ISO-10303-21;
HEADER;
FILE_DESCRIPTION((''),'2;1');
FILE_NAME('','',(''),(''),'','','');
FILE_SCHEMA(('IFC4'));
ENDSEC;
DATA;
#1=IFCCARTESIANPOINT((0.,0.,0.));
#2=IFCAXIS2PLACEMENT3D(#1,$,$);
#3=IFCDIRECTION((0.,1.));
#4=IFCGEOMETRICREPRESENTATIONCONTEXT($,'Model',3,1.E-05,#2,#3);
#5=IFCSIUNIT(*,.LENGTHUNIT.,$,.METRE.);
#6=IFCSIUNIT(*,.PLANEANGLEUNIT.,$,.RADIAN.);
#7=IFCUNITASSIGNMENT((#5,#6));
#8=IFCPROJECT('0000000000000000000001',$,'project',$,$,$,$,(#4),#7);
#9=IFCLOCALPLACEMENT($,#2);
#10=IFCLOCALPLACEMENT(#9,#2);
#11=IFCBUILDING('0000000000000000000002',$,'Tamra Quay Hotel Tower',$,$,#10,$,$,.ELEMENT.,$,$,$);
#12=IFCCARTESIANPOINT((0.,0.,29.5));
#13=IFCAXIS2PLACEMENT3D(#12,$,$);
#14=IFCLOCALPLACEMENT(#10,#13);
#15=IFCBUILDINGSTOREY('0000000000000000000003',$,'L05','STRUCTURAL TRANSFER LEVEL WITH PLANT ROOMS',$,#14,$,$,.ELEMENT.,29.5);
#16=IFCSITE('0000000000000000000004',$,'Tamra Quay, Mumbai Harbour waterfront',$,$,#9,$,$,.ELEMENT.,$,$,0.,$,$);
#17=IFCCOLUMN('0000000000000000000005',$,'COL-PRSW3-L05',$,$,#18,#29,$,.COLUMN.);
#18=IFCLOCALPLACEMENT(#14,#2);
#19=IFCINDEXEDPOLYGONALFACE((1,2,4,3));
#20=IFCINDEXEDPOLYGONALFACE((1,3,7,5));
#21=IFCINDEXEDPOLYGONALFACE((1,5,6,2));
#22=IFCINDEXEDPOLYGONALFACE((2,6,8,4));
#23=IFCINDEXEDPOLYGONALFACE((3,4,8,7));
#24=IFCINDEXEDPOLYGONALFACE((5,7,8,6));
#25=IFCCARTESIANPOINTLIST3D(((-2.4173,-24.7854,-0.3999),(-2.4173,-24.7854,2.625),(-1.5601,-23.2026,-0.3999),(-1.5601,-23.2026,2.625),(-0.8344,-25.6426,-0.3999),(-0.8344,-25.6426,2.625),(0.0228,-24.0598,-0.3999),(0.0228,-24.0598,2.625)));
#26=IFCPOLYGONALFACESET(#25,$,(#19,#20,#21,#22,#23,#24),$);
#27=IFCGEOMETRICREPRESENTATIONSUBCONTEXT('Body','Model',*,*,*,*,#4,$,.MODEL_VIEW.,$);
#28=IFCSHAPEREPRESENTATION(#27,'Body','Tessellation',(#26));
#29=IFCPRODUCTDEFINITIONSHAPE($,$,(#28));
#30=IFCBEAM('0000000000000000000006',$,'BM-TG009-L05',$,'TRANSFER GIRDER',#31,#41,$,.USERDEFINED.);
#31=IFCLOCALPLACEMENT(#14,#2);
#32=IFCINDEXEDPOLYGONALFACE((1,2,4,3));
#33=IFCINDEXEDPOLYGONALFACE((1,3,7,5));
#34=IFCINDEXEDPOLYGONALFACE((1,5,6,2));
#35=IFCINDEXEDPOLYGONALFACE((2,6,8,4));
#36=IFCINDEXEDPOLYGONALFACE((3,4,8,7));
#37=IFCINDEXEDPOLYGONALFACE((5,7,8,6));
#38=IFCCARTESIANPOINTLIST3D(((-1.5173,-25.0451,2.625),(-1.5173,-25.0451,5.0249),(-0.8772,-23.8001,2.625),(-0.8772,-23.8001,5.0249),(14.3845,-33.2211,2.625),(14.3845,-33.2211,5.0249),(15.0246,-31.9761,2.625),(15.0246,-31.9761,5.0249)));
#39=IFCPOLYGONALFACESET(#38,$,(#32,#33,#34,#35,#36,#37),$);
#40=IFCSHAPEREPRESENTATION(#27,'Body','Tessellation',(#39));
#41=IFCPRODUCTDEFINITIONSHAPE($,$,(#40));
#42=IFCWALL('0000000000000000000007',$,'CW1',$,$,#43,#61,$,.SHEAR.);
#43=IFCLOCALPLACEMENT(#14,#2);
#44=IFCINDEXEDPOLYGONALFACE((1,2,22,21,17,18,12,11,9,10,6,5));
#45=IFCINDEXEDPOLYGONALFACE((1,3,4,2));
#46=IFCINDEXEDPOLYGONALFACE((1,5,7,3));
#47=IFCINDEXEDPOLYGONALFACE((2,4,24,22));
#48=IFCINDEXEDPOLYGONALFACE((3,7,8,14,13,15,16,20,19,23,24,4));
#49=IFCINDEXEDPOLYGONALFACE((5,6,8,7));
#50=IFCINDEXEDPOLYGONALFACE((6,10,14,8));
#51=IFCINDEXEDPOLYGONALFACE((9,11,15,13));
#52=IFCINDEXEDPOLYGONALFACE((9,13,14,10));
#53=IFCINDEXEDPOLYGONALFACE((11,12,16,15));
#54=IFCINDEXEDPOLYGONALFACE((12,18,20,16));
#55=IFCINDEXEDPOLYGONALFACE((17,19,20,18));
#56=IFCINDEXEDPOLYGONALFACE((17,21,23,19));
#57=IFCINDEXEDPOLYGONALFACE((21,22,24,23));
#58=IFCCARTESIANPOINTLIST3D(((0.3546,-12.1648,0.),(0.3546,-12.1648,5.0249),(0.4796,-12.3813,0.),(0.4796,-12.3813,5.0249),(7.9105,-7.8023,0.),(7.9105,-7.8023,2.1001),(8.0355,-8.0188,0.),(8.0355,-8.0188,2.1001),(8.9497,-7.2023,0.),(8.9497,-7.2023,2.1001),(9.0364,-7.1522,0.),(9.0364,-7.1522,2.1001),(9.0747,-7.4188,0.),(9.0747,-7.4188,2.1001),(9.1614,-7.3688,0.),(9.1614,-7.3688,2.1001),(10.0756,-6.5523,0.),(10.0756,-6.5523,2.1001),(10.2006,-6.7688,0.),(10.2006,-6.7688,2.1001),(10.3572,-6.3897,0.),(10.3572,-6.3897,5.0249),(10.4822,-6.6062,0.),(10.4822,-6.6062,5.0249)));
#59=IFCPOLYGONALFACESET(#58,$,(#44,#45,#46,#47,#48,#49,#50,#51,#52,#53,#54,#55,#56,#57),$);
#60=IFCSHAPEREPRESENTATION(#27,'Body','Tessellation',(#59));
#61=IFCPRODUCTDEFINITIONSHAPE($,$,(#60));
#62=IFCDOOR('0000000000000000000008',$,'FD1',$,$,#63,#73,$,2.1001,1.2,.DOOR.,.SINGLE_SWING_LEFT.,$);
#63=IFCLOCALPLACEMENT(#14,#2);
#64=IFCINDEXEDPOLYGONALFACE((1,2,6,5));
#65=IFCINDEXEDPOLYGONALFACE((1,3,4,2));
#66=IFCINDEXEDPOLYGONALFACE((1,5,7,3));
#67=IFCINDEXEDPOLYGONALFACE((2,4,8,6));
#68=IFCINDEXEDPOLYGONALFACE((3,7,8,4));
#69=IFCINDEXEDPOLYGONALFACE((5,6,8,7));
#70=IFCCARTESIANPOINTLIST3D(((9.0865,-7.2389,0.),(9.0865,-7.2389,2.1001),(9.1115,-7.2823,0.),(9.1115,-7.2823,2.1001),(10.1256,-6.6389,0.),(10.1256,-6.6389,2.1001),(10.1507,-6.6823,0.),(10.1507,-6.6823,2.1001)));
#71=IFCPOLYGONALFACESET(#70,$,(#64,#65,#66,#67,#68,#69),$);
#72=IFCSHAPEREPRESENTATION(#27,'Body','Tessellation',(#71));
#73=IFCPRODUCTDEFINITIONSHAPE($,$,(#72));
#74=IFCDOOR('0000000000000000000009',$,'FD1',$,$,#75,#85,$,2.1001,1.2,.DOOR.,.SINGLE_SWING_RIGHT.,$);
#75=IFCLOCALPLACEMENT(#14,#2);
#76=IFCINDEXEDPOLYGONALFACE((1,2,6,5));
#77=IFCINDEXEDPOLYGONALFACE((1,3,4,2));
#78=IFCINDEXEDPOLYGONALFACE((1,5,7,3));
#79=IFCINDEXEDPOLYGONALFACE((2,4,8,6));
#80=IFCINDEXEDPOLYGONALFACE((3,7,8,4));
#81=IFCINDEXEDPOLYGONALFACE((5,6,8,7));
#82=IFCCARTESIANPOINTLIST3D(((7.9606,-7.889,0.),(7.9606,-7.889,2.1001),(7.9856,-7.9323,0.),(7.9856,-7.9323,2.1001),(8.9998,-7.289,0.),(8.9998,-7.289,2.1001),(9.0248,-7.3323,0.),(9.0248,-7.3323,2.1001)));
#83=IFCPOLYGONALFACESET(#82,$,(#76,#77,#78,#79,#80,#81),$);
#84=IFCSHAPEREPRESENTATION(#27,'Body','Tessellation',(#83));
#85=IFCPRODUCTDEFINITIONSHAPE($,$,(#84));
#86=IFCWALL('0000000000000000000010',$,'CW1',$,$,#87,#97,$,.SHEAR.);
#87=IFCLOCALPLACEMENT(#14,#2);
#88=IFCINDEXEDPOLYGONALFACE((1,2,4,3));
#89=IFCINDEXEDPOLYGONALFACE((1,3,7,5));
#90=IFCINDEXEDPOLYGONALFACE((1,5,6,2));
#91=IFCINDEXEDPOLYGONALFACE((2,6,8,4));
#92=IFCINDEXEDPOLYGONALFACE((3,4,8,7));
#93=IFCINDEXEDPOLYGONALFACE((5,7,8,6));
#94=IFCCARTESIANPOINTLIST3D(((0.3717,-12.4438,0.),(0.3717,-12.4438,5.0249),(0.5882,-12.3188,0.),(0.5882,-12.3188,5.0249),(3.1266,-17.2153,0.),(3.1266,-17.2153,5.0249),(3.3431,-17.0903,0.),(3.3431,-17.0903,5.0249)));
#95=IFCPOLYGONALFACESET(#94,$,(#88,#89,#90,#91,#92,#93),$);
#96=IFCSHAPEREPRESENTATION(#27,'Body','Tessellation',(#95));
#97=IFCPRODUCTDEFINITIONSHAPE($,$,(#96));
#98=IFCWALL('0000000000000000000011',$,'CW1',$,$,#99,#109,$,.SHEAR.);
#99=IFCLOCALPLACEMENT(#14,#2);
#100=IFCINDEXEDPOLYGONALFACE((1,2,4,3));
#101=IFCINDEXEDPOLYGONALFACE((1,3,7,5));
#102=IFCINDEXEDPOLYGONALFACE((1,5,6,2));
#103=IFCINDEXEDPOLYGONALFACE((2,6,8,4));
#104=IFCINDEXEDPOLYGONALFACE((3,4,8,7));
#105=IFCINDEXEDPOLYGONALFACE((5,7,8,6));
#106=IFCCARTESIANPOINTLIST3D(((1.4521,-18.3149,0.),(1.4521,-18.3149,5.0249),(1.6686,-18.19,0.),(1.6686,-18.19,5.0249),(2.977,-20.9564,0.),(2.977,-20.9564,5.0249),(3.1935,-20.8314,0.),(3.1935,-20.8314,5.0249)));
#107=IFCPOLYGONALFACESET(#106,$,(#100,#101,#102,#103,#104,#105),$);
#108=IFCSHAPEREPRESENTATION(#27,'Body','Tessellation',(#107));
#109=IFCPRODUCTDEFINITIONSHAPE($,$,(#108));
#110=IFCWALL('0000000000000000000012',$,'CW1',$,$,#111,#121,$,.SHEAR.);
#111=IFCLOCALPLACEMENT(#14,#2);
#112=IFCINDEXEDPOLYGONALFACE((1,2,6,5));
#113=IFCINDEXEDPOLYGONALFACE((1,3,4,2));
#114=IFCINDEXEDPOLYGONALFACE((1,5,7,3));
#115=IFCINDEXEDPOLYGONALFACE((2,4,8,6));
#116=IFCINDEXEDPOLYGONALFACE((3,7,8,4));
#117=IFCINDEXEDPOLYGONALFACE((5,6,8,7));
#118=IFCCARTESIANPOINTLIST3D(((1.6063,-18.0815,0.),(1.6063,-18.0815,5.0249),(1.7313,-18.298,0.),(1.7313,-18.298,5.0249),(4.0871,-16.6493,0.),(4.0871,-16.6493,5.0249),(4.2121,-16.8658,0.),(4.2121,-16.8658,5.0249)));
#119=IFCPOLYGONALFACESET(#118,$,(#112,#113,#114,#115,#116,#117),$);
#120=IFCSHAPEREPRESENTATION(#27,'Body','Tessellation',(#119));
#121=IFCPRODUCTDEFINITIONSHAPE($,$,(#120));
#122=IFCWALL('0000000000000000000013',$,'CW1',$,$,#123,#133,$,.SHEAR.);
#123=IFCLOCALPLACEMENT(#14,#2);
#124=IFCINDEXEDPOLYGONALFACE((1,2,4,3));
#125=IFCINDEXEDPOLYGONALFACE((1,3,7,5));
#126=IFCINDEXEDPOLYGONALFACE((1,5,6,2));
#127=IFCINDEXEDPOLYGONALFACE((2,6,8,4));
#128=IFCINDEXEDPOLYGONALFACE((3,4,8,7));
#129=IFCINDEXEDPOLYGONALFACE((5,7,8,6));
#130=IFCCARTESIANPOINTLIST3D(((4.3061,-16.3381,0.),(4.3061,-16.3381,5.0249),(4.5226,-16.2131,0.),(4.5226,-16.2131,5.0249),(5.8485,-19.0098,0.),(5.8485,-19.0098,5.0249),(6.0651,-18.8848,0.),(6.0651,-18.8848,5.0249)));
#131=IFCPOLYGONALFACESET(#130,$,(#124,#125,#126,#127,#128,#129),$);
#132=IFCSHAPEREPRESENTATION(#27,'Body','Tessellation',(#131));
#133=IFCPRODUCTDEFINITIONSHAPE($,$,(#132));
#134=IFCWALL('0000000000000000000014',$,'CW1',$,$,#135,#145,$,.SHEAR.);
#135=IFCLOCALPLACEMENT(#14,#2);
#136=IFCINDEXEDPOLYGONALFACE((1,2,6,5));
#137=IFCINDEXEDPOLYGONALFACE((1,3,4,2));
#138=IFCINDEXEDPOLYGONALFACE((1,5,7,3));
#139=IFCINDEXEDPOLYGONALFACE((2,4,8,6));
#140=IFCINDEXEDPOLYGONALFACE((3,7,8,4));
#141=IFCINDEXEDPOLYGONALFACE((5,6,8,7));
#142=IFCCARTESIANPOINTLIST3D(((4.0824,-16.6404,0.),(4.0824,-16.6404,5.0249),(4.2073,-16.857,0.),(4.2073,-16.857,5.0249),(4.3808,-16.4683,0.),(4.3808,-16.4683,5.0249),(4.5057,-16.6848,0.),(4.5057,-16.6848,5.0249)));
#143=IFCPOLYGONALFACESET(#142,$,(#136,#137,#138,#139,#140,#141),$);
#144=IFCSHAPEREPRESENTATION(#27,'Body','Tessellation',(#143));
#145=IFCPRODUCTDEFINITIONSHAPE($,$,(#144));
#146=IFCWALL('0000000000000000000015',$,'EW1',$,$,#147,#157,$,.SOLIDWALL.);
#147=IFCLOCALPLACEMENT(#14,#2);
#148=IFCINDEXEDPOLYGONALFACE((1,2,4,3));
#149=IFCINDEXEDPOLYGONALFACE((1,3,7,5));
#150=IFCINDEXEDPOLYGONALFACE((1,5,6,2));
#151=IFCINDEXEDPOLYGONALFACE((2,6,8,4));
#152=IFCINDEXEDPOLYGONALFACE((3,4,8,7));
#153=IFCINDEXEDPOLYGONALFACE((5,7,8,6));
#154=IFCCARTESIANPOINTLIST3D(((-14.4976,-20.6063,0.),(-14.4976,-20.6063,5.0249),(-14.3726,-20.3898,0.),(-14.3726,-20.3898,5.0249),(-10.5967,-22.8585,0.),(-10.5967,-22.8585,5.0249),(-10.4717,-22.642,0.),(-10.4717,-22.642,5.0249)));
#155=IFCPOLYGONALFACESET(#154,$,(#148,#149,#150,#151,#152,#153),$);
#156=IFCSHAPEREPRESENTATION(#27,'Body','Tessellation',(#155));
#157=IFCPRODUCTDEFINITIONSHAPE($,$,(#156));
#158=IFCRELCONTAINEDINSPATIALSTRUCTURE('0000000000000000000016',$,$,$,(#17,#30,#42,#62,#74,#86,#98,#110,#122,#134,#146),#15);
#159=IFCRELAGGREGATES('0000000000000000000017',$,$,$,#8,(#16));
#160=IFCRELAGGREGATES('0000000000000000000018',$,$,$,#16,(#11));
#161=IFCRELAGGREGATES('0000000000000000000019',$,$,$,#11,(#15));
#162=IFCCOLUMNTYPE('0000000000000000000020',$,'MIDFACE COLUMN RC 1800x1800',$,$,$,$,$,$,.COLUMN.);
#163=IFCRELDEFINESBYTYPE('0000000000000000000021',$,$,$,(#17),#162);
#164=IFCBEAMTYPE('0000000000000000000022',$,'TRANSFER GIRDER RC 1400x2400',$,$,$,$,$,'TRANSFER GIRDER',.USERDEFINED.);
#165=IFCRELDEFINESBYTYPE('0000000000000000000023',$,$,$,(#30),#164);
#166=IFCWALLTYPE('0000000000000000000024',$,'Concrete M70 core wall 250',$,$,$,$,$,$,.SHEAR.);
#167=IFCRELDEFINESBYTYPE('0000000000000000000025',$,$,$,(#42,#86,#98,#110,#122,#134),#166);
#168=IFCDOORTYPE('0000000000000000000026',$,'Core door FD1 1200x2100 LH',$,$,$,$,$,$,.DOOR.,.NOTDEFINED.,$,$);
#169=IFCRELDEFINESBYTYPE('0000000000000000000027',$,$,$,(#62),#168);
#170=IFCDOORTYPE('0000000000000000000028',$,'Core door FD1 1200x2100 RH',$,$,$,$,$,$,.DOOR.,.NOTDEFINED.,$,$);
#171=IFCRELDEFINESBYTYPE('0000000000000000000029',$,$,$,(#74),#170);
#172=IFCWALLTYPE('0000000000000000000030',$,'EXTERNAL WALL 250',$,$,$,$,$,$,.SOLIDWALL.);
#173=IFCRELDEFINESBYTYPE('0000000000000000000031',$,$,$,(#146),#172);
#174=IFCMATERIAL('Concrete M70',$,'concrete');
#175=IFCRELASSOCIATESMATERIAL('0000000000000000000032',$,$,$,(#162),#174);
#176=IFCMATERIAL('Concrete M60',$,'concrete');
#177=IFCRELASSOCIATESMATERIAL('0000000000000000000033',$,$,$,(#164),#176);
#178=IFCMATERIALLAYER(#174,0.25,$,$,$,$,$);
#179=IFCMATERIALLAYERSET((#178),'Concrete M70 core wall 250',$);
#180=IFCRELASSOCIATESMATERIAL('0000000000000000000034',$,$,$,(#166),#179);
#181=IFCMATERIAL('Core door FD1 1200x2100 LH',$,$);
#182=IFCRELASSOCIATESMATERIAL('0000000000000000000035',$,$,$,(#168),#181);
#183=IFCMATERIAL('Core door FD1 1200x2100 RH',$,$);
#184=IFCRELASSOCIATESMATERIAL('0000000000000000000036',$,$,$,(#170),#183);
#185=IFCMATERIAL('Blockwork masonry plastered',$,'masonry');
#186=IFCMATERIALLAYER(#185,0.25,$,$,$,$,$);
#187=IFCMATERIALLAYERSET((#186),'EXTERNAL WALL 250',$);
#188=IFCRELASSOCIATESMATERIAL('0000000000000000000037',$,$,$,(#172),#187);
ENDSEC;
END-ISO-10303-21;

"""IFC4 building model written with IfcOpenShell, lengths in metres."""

from ifc_helpers import new_model, si_unit, direction, frame, frame_2d, origin, origin_2d, place, context, subcontext, project, spatial, rectangle, extrude, material, layer, layer_set, material_profile, profile_set, type_object, element, fill, save


model = new_model("IFC4")

# Units and contexts
model_context = context("Model", 3, precision=1e-05, world=origin(), true_north=direction((0.0, 1.0)))
body_context = subcontext(model_context, "Body", "Model", "MODEL_VIEW")
ifc_project = project(units=[si_unit("LENGTHUNIT", "METRE"), si_unit("PLANEANGLEUNIT", "RADIAN")], contexts=[model_context])

# Site, building, storey
site_placement = place(None, origin())
site = spatial("IfcSite", under=ifc_project, at=site_placement, Name="Tamra Quay, Mumbai Harbour waterfront", CompositionType="ELEMENT", RefElevation=0.0)
building_placement = place(site_placement, origin())
building = spatial("IfcBuilding", under=site, at=building_placement, Name="Tamra Quay Hotel Tower", CompositionType="ELEMENT")
storey_placement = place(building_placement, frame((0.0, 0.0, 29.5)))
storey = spatial("IfcBuildingStorey", under=building, at=storey_placement, Name="L05", Description="STRUCTURAL TRANSFER LEVEL WITH PLANT ROOMS", CompositionType="ELEMENT", Elevation=29.5)

# Column
ifc_material_1 = material(Name="Concrete M70", Category="concrete")
ifc_material_profile_1 = material_profile(ifc_material_1, rectangle(XDim=1.8, YDim=1.8, at=origin_2d()), Name="MIDFACE COLUMN RC 1800x1800")
ifc_profile_set_1 = profile_set([ifc_material_profile_1], Name="Concrete M70")
column_type = type_object("IfcColumnType", Name="MIDFACE COLUMN RC 1800x1800", PredefinedType="COLUMN", material=ifc_profile_set_1)
column_placement = place(storey_placement, frame((-1.1973, -24.4226, -0.3999), z_axis=(0.0, 0.0, 1.0), x_axis=(0.476198, 0.879338, 0.0)))
element("IfcColumn", 1, at=column_placement, inside=storey, type_object=column_type, Name="COL-PRSW3-L05", PredefinedType="COLUMN", context=body_context, shape_type="SweptSolid", body=[
    extrude(rectangle(XDim=1.8, YDim=1.8, at=origin_2d()), origin(), (0.0, 0.0, 1.0), 3.0249),
])

# Beam
ifc_material_2 = material(Name="Concrete M60", Category="concrete")
ifc_material_profile_2 = material_profile(ifc_material_2, rectangle(XDim=1.3999, YDim=2.3999, at=origin_2d()), Name="TRANSFER GIRDER RC 1400x2400")
ifc_profile_set_2 = profile_set([ifc_material_profile_2], Name="Concrete M60")
beam_type = type_object("IfcBeamType", Name="TRANSFER GIRDER RC 1400x2400", ElementType="TRANSFER GIRDER", PredefinedType="USERDEFINED", material=ifc_profile_set_2)
beam_placement = place(storey_placement, frame((-1.1973, -24.4226, 3.825), z_axis=(0.889335, -0.457256, 0.0), x_axis=(0.457256, 0.889335, 0.0)))
element("IfcBeam", 2, at=beam_placement, inside=storey, type_object=beam_type, Name="BM-TG009-L05", ObjectType="TRANSFER GIRDER", PredefinedType="USERDEFINED", context=body_context, shape_type="SweptSolid", body=[
    extrude(rectangle(XDim=1.3999, YDim=2.3999, at=origin_2d()), origin(), (0.0, 0.0, 1.0), 17.8806),
])

# Wall, openings, doors
ifc_layer_1 = layer(ifc_material_1, 0.25)
ifc_layer_set_1 = layer_set([ifc_layer_1], Name="Concrete M70 core wall 250")
wall_type_1 = type_object("IfcWallType", Name="Concrete M70 core wall 250", PredefinedType="SHEAR", material=ifc_layer_set_1)
wall_1_placement = place(storey_placement, frame((0.4172, -12.2729, 0.0), z_axis=(0.0, 0.0, 1.0), x_axis=(0.866022, 0.500006, 0.0)))
wall_1 = element("IfcWall", 3, at=wall_1_placement, inside=storey, type_object=wall_type_1, Name="CW1", PredefinedType="SHEAR", context=body_context, shape_type="SweptSolid", body=[
    extrude(rectangle(XDim=11.55, YDim=0.25, at=frame_2d((5.7749, 0.0))), origin(), (0.0, 0.0, 1.0), 5.0249),
])
opening_1_placement = place(wall_1_placement, frame((10.0247, 0.0, 0.0)))
opening_1 = element("IfcOpeningElement", 4, at=opening_1_placement, cuts=wall_1, PredefinedType="OPENING", context=body_context, shape_type="SweptSolid", body=[
    extrude(rectangle(XDim=1.2, YDim=2.1001, at=frame_2d((0.6001, 1.05))), frame((0.0, 0.135, 0.0), z_axis=(0.0, -1.0, 0.0), x_axis=(1.0, 0.0, 0.0)), (0.0, 0.0, 1.0), 0.27),
])
opening_2_placement = place(wall_1_placement, frame((8.7246, 0.0, 0.0)))
opening_2 = element("IfcOpeningElement", 5, at=opening_2_placement, cuts=wall_1, PredefinedType="OPENING", context=body_context, shape_type="SweptSolid", body=[
    extrude(rectangle(XDim=1.2, YDim=2.1001, at=frame_2d((0.6001, 1.05))), frame((0.0, 0.135, 0.0), z_axis=(0.0, -1.0, 0.0), x_axis=(1.0, 0.0, 0.0)), (0.0, 0.0, 1.0), 0.27),
])
ifc_material_3 = material(Name="Core door FD1 1200x2100 LH")
door_type_1 = type_object("IfcDoorType", Name="Core door FD1 1200x2100 LH", OperationType="NOTDEFINED", PredefinedType="DOOR", material=ifc_material_3)
door_1_placement = place(opening_1_placement, origin())
door_1 = element("IfcDoor", 6, at=door_1_placement, inside=storey, type_object=door_type_1, Name="FD1", OperationType="SINGLE_SWING_LEFT", OverallHeight=2.1001, OverallWidth=1.2, PredefinedType="DOOR", context=body_context, shape_type="SweptSolid", body=[
    extrude(rectangle(XDim=1.2, YDim=2.1001, at=frame_2d((0.6001, 1.05))), frame((0.0, 0.0249, 0.0), z_axis=(0.0, -1.0, 0.0), x_axis=(1.0, 0.0, 0.0)), (0.0, 0.0, 1.0), 0.05),
])
fill(opening_1, door_1)
ifc_material_4 = material(Name="Core door FD1 1200x2100 RH")
door_type_2 = type_object("IfcDoorType", Name="Core door FD1 1200x2100 RH", OperationType="NOTDEFINED", PredefinedType="DOOR", material=ifc_material_4)
door_2_placement = place(opening_2_placement, origin())
door_2 = element("IfcDoor", 7, at=door_2_placement, inside=storey, type_object=door_type_2, Name="FD1", OperationType="SINGLE_SWING_RIGHT", OverallHeight=2.1001, OverallWidth=1.2, PredefinedType="DOOR", context=body_context, shape_type="SweptSolid", body=[
    extrude(rectangle(XDim=1.2, YDim=2.1001, at=frame_2d((0.6001, 1.05))), frame((0.0, 0.0249, 0.0), z_axis=(0.0, -1.0, 0.0), x_axis=(1.0, 0.0, 0.0)), (0.0, 0.0, 1.0), 0.05),
])
fill(opening_2, door_2)

# Walls
wall_2_placement = place(storey_placement, frame((3.2349, -17.1528, 0.0), z_axis=(0.0, 0.0, 1.0), x_axis=(-0.500009, 0.86602, 0.0)))
element("IfcWall", 8, at=wall_2_placement, inside=storey, type_object=wall_type_1, Name="CW1", PredefinedType="SHEAR", context=body_context, shape_type="SweptSolid", body=[
    extrude(rectangle(XDim=5.5098, YDim=0.25, at=frame_2d((2.7549, 0.0))), origin(), (0.0, 0.0, 1.0), 5.0249),
])
wall_3_placement = place(storey_placement, frame((3.0852, -20.8938, 0.0), z_axis=(0.0, 0.0, 1.0), x_axis=(-0.499979, 0.866038, 0.0)))
element("IfcWall", 9, at=wall_3_placement, inside=storey, type_object=wall_type_1, Name="CW1", PredefinedType="SHEAR", context=body_context, shape_type="SweptSolid", body=[
    extrude(rectangle(XDim=3.05, YDim=0.25, at=frame_2d((1.5249, 0.0))), origin(), (0.0, 0.0, 1.0), 5.0249),
])
wall_4_placement = place(storey_placement, frame((1.6689, -18.1897, 0.0), z_axis=(0.0, 0.0, 1.0), x_axis=(0.866042, 0.499971, 0.0)))
element("IfcWall", 10, at=wall_4_placement, inside=storey, type_object=wall_type_1, Name="CW1", PredefinedType="SHEAR", context=body_context, shape_type="SweptSolid", body=[
    extrude(rectangle(XDim=2.8645, YDim=0.25, at=frame_2d((1.4321, 0.0))), origin(), (0.0, 0.0, 1.0), 5.0249),
])
wall_5_placement = place(storey_placement, frame((4.4143, -16.2756, 0.0), z_axis=(0.0, 0.0, 1.0), x_axis=(0.500003, -0.866023, 0.0)))
element("IfcWall", 11, at=wall_5_placement, inside=storey, type_object=wall_type_1, Name="CW1", PredefinedType="SHEAR", context=body_context, shape_type="SweptSolid", body=[
    extrude(rectangle(XDim=3.085, YDim=0.25, at=frame_2d((1.5425, 0.0))), origin(), (0.0, 0.0, 1.0), 5.0249),
])
wall_6_placement = place(storey_placement, frame((4.1448, -16.7488, 0.0), z_axis=(0.0, 0.0, 1.0), x_axis=(0.866186, 0.499722, 0.0)))
element("IfcWall", 12, at=wall_6_placement, inside=storey, type_object=wall_type_1, Name="CW1", PredefinedType="SHEAR", context=body_context, shape_type="SweptSolid", body=[
    extrude(rectangle(XDim=0.3445, YDim=0.25, at=frame_2d((0.1724, 0.0))), origin(), (0.0, 0.0, 1.0), 5.0249),
])
ifc_material_5 = material(Name="Blockwork masonry plastered", Category="masonry")
ifc_layer_2 = layer(ifc_material_5, 0.25)
ifc_layer_set_2 = layer_set([ifc_layer_2], Name="EXTERNAL WALL 250")
wall_type_2 = type_object("IfcWallType", Name="EXTERNAL WALL 250", PredefinedType="SOLIDWALL", material=ifc_layer_set_2)
wall_7_placement = place(storey_placement, frame((-10.5342, -22.7502, 0.0), z_axis=(0.0, 0.0, 1.0), x_axis=(-0.866023, 0.500004, 0.0)))
element("IfcWall", 13, at=wall_7_placement, inside=storey, type_object=wall_type_2, Name="EW1", PredefinedType="SOLIDWALL", context=body_context, shape_type="SweptSolid", body=[
    extrude(rectangle(XDim=4.5044, YDim=0.25, at=frame_2d((2.2522, 0.0))), origin(), (0.0, 0.0, 1.0), 5.0249),
])

save(model, "model.ifc")
